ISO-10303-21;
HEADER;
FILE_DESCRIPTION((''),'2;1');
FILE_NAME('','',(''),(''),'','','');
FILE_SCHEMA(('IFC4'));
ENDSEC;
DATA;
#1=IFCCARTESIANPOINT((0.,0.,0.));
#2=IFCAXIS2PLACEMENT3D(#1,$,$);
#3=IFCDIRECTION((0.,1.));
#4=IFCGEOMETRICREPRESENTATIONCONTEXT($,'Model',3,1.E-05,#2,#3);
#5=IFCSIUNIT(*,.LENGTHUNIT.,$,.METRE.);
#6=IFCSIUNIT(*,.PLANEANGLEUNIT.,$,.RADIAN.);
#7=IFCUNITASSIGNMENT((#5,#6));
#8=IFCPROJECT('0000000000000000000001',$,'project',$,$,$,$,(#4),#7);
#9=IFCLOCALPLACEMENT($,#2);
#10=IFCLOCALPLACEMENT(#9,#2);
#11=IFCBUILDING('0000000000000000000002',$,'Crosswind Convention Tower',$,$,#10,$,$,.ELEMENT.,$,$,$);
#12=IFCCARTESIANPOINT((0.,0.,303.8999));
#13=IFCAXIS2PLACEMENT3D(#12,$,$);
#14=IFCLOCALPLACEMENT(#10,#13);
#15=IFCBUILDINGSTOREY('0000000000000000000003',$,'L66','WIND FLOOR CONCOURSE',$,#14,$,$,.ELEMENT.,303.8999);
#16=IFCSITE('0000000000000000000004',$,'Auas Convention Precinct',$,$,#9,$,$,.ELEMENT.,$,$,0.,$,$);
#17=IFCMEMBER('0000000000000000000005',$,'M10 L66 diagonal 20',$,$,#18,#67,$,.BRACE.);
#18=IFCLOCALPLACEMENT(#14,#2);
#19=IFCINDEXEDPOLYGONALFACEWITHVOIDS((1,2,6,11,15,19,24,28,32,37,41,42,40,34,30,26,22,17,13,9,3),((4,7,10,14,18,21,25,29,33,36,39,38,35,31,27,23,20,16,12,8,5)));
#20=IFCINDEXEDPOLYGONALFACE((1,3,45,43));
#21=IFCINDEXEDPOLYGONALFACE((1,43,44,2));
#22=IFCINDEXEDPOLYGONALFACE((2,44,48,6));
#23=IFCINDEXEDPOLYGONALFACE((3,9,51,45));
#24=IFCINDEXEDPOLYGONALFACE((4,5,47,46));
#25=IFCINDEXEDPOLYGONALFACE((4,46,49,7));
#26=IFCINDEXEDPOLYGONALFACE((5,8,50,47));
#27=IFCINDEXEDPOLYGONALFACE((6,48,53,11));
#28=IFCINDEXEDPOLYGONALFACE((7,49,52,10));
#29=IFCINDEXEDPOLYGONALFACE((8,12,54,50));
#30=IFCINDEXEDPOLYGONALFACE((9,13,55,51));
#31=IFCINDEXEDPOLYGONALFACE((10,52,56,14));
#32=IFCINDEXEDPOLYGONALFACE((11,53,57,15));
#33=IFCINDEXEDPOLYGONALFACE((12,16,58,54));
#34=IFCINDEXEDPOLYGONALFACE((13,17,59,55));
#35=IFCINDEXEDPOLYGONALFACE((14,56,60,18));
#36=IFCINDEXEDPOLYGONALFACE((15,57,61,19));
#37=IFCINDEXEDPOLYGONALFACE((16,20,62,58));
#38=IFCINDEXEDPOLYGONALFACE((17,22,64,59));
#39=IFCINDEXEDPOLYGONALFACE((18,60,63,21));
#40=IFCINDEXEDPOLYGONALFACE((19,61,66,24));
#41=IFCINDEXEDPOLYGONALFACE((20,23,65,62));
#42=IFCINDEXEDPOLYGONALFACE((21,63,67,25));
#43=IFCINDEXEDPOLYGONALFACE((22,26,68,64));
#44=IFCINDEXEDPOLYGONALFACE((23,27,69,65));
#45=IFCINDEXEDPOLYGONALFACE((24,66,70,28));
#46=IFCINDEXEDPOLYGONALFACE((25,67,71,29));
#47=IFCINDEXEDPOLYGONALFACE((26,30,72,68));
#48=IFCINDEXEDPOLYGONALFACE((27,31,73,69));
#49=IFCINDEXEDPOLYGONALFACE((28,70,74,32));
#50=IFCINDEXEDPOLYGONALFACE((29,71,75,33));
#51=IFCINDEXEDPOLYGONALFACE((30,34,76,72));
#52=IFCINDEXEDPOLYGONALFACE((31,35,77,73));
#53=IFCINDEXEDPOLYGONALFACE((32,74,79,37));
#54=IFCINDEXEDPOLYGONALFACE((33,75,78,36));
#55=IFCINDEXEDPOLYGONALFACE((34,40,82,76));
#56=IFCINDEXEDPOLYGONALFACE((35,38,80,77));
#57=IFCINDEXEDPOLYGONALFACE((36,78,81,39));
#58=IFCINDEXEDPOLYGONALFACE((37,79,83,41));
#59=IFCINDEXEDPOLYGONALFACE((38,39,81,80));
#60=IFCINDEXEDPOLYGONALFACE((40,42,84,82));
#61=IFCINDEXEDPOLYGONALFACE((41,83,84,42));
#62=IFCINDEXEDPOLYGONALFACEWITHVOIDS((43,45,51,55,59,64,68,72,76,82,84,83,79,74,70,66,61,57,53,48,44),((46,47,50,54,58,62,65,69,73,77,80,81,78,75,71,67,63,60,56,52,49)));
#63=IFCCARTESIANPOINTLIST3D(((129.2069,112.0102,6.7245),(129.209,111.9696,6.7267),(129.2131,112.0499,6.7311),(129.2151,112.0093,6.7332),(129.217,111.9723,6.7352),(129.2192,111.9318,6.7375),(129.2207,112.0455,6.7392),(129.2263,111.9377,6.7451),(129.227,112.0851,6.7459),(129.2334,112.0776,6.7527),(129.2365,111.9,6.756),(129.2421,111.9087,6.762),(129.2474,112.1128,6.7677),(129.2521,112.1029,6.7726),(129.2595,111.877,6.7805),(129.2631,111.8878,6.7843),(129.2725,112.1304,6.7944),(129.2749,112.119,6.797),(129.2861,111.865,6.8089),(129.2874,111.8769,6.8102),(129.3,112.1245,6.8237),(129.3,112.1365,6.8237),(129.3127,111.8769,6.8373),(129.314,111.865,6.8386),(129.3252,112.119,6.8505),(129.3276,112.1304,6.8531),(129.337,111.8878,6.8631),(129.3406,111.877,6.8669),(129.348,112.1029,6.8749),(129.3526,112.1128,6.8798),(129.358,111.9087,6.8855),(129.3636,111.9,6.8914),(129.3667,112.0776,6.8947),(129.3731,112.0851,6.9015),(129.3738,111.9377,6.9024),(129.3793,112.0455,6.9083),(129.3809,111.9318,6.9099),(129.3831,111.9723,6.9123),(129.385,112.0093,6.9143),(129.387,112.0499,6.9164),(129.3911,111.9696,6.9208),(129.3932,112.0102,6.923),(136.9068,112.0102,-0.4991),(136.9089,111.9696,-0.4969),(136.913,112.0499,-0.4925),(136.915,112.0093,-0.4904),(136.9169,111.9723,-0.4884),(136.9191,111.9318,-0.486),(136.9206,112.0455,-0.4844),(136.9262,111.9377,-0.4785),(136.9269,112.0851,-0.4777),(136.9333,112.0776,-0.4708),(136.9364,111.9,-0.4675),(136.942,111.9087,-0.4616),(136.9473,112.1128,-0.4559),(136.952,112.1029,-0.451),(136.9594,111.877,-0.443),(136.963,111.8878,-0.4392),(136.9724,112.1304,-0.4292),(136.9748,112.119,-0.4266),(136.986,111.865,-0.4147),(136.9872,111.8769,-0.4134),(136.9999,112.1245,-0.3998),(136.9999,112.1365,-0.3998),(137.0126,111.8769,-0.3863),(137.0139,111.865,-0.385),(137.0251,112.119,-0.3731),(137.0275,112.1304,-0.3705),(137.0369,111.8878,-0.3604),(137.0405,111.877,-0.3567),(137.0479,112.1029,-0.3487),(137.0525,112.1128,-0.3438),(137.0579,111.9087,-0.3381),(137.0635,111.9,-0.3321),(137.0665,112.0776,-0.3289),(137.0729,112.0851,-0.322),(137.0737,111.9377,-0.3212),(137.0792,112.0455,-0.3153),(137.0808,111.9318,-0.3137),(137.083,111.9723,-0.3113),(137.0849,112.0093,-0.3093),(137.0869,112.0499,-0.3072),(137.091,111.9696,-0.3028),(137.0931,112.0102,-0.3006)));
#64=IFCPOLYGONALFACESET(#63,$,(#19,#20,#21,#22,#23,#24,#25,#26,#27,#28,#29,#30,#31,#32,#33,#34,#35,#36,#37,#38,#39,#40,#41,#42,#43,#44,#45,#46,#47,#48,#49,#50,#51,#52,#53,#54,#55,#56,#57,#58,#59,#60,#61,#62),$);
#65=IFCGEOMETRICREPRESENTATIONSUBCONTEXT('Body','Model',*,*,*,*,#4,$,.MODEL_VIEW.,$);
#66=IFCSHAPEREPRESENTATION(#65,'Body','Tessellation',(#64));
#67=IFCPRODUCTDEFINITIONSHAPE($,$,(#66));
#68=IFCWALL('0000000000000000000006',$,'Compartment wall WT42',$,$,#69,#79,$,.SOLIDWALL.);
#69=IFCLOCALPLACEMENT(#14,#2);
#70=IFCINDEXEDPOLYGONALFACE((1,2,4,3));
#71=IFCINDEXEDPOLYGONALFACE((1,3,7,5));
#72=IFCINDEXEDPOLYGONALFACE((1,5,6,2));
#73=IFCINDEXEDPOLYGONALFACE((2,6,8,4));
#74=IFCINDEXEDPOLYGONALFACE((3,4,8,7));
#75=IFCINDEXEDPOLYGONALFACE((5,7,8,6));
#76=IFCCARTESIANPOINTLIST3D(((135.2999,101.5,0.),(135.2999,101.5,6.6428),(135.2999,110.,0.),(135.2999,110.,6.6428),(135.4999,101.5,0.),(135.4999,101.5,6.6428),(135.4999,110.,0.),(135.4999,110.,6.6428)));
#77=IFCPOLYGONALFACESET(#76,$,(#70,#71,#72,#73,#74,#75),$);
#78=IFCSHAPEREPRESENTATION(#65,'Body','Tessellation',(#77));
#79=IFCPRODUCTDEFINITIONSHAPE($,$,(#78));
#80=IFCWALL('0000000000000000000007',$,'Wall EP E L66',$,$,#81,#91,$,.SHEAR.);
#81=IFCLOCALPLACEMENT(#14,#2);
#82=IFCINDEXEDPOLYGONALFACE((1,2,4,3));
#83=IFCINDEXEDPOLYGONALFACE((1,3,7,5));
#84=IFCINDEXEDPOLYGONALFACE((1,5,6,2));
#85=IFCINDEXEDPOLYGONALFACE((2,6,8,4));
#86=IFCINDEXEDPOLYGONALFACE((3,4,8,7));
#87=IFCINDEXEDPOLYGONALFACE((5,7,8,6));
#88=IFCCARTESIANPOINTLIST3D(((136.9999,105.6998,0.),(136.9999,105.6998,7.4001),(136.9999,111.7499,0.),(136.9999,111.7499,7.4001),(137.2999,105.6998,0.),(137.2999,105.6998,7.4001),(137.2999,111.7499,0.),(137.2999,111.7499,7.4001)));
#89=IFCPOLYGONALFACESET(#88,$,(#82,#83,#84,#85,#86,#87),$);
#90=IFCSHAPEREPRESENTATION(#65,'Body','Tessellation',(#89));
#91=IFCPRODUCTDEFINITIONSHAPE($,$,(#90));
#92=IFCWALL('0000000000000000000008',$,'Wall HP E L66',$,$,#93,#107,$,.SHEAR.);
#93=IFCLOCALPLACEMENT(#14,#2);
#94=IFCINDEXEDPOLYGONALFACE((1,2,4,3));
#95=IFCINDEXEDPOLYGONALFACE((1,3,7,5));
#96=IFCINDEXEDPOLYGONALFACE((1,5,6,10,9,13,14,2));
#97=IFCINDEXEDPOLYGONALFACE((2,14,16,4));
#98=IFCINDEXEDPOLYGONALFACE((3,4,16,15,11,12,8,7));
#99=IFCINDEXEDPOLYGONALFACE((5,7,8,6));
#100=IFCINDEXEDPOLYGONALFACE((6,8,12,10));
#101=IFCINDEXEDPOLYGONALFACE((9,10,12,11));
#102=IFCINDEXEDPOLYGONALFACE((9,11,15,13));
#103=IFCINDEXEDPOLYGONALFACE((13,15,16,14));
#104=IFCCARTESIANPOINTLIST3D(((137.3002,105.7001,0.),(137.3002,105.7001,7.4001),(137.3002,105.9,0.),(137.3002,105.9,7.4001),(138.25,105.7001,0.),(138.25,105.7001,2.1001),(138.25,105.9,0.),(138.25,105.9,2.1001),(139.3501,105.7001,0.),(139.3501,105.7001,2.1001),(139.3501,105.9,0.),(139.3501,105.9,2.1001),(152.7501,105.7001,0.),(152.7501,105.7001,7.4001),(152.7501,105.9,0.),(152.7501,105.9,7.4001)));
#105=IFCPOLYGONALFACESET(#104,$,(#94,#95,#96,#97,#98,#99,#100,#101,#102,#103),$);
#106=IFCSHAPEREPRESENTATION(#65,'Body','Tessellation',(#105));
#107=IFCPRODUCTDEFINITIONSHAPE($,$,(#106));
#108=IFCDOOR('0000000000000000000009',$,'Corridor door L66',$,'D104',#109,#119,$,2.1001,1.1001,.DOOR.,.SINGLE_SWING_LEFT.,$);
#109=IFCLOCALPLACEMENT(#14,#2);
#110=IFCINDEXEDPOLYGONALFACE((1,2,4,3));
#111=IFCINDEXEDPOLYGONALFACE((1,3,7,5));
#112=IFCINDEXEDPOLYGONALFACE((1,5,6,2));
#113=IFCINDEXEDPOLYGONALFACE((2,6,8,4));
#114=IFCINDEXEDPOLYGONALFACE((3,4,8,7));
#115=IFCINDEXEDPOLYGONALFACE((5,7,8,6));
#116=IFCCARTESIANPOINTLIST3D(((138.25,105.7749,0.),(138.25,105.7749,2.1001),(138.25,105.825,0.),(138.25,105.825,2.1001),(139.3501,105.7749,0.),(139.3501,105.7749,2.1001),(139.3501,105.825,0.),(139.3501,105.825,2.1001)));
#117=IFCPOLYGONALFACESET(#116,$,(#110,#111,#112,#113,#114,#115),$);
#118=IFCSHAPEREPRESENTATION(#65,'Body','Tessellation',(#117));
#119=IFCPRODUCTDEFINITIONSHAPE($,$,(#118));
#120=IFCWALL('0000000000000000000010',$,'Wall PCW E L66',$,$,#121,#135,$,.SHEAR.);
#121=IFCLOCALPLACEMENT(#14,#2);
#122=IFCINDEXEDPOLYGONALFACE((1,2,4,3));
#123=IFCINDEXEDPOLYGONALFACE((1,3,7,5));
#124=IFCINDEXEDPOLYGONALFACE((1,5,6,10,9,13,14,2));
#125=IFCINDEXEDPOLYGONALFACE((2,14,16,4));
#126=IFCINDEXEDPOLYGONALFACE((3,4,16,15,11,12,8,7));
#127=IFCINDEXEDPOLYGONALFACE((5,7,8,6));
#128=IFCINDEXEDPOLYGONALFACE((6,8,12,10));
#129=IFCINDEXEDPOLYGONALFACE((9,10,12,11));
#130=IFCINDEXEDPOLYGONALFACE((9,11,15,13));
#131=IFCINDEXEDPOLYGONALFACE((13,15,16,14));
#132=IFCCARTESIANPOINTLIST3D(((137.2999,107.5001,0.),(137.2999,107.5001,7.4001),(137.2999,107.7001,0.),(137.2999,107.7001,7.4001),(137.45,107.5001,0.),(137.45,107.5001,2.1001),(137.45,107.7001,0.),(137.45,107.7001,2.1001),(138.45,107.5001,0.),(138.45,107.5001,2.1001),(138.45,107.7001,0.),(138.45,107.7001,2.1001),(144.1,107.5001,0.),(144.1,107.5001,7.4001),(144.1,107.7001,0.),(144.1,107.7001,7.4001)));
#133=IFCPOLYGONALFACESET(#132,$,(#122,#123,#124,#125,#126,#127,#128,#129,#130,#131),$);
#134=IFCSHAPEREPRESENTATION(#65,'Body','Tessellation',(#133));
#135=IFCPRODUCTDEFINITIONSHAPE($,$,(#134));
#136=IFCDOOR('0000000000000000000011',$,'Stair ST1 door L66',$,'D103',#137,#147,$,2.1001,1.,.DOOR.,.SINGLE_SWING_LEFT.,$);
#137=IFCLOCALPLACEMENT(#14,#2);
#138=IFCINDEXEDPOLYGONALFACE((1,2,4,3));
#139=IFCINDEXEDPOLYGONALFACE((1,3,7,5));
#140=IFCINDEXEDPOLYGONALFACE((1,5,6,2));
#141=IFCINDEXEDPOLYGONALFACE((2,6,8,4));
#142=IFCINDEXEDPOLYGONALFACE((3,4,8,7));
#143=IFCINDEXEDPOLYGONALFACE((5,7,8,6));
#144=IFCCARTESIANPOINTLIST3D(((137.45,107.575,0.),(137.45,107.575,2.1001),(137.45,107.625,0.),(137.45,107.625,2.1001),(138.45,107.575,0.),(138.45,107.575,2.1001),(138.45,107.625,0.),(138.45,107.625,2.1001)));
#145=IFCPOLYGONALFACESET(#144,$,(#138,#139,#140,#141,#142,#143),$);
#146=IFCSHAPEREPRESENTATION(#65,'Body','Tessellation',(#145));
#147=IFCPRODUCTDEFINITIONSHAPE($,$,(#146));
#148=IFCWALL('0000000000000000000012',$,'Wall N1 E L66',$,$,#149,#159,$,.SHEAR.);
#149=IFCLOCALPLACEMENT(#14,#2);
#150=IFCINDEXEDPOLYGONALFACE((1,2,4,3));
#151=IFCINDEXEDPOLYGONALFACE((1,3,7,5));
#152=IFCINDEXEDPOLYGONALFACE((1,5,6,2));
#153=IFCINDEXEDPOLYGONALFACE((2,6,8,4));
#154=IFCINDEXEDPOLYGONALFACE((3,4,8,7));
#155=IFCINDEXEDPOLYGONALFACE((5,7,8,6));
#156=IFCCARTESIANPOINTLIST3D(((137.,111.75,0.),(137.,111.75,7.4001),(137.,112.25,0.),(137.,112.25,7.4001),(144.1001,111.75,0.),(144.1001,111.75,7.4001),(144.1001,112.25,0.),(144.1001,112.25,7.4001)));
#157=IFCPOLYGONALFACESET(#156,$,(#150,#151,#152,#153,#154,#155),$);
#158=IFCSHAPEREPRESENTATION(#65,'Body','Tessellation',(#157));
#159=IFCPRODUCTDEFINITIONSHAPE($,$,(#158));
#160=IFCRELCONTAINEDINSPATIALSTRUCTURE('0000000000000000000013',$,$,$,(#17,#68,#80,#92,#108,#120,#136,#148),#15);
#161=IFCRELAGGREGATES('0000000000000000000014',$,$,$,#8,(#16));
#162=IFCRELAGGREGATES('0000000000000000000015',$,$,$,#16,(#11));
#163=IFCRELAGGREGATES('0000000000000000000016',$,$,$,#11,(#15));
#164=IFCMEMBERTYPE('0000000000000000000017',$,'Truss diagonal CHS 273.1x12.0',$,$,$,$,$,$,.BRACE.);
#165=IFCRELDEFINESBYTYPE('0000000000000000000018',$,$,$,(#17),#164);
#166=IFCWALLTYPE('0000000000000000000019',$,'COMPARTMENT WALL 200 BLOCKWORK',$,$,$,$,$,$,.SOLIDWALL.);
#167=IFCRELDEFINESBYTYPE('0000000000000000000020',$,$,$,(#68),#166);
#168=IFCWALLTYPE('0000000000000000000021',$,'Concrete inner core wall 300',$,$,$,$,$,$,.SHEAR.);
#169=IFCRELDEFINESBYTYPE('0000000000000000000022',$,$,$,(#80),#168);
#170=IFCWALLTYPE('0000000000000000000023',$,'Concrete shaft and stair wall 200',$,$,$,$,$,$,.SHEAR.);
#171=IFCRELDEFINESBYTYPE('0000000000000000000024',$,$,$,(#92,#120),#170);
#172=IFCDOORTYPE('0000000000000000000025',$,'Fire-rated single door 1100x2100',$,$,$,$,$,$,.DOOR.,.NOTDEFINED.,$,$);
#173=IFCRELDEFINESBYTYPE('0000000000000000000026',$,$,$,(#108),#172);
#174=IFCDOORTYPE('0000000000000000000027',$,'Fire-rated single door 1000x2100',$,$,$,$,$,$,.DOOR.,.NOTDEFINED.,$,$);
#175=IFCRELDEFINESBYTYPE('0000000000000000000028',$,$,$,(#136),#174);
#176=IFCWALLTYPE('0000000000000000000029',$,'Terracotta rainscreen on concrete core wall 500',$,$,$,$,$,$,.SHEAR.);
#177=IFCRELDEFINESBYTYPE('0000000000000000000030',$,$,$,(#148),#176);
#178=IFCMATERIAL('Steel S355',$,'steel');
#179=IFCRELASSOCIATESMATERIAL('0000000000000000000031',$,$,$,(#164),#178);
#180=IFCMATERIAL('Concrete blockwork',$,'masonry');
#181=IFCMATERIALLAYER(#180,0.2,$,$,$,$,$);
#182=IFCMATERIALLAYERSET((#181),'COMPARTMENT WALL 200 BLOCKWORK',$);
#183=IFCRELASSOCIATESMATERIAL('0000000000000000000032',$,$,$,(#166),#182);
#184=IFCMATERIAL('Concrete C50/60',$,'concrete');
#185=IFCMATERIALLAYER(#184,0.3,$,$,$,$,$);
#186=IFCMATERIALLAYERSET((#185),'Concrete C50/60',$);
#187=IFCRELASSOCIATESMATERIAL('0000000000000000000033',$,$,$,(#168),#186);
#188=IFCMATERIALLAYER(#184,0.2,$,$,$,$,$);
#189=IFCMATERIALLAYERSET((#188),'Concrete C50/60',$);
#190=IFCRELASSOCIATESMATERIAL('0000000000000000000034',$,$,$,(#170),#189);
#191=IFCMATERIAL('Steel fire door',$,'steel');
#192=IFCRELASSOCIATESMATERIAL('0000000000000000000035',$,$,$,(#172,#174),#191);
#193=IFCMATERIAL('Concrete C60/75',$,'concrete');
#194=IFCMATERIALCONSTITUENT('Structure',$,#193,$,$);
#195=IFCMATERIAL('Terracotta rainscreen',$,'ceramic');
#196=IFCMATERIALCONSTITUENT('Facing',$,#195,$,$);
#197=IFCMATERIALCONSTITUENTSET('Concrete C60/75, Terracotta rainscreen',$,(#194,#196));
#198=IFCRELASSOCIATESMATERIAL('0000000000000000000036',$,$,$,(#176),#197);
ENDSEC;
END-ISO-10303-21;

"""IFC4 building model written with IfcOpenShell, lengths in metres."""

from ifc_helpers import new_model, si_unit, direction, frame, frame_2d, origin, origin_2d, place, context, subcontext, project, spatial, rectangle, hollow_circle, extrude, material, layer, layer_set, constituent, constituent_set, material_profile, profile_set, type_object, element, fill, save


model = new_model("IFC4")

# Units and contexts
model_context = context("Model", 3, precision=1e-05, world=origin(), true_north=direction((0.0, 1.0)))
body_context = subcontext(model_context, "Body", "Model", "MODEL_VIEW")
ifc_project = project(units=[si_unit("LENGTHUNIT", "METRE"), si_unit("PLANEANGLEUNIT", "RADIAN")], contexts=[model_context])

# Site, building, storey
site_placement = place(None, origin())
site = spatial("IfcSite", under=ifc_project, at=site_placement, Name="Auas Convention Precinct", CompositionType="ELEMENT", RefElevation=0.0)
building_placement = place(site_placement, origin())
building = spatial("IfcBuilding", under=site, at=building_placement, Name="Crosswind Convention Tower", CompositionType="ELEMENT")
storey_placement = place(building_placement, frame((0.0, 0.0, 303.8999)))
storey = spatial("IfcBuildingStorey", under=building, at=storey_placement, Name="L66", Description="WIND FLOOR CONCOURSE", CompositionType="ELEMENT", Elevation=303.8999)

# Member
ifc_material_1 = material(Name="Steel S355", Category="steel")
ifc_material_profile = material_profile(ifc_material_1, hollow_circle(Radius=0.1365, WallThickness=0.012, at=origin_2d()), Name="CHS 273.1x12.0")
ifc_profile_set = profile_set([ifc_material_profile], Name="Steel S355")
member_type = type_object("IfcMemberType", Name="Truss diagonal CHS 273.1x12.0", PredefinedType="BRACE", material=ifc_profile_set)
member_placement = place(storey_placement, frame((129.3, 112.0, 6.8237), z_axis=(0.729304, 0.0, -0.68419), x_axis=(0.0, 1.0, 0.0)))
element("IfcMember", 1, at=member_placement, inside=storey, type_object=member_type, Name="M10 L66 diagonal 20", PredefinedType="BRACE", context=body_context, shape_type="SweptSolid", body=[
    extrude(hollow_circle(Radius=0.1365, WallThickness=0.012, at=origin_2d()), origin(), (0.0, 0.0, 1.0), 10.5579),
])

# Walls
ifc_material_2 = material(Name="Concrete blockwork", Category="masonry")
ifc_layer_1 = layer(ifc_material_2, 0.2)
ifc_layer_set_1 = layer_set([ifc_layer_1], Name="COMPARTMENT WALL 200 BLOCKWORK")
wall_type_1 = type_object("IfcWallType", Name="COMPARTMENT WALL 200 BLOCKWORK", PredefinedType="SOLIDWALL", material=ifc_layer_set_1)
wall_1_placement = place(storey_placement, frame((135.3999, 101.5, 0.0), z_axis=(0.0, 0.0, 1.0), x_axis=(0.0, 1.0, 0.0)))
element("IfcWall", 2, at=wall_1_placement, inside=storey, type_object=wall_type_1, Name="Compartment wall WT42", PredefinedType="SOLIDWALL", context=body_context, shape_type="SweptSolid", body=[
    extrude(rectangle(XDim=8.5, YDim=0.2, at=frame_2d((4.25, 0.0))), origin(), (0.0, 0.0, 1.0), 6.6428),
])
ifc_material_3 = material(Name="Concrete C50/60", Category="concrete")
ifc_layer_2 = layer(ifc_material_3, 0.3)
ifc_layer_set_2 = layer_set([ifc_layer_2], Name="Concrete C50/60")
wall_type_2 = type_object("IfcWallType", Name="Concrete inner core wall 300", PredefinedType="SHEAR", material=ifc_layer_set_2)
wall_2_placement = place(storey_placement, frame((137.1499, 105.7, 0.0), z_axis=(0.0, 0.0, 1.0), x_axis=(0.0, 1.0, 0.0)))
element("IfcWall", 3, at=wall_2_placement, inside=storey, type_object=wall_type_2, Name="Wall EP E L66", PredefinedType="SHEAR", context=body_context, shape_type="SweptSolid", body=[
    extrude(rectangle(XDim=6.05, YDim=0.3, at=frame_2d((3.0249, 0.0))), origin(), (0.0, 0.0, 1.0), 7.4001),
])

# Walls, openings, doors
ifc_layer_3 = layer(ifc_material_3, 0.2)
ifc_layer_set_3 = layer_set([ifc_layer_3], Name="Concrete C50/60")
wall_type_3 = type_object("IfcWallType", Name="Concrete shaft and stair wall 200", PredefinedType="SHEAR", material=ifc_layer_set_3)
wall_3_placement = place(storey_placement, frame((137.3, 105.8, 0.0), z_axis=(0.0, 0.0, 1.0), x_axis=(1.0, 0.0, 0.0)))
wall_3 = element("IfcWall", 4, at=wall_3_placement, inside=storey, type_object=wall_type_3, Name="Wall HP E L66", PredefinedType="SHEAR", context=body_context, shape_type="SweptSolid", body=[
    extrude(rectangle(XDim=15.45, YDim=0.2, at=frame_2d((7.7251, 0.0))), origin(), (0.0, 0.0, 1.0), 7.4001),
])
opening_1_placement = place(wall_3_placement, frame((0.95, 0.0, 0.0)))
opening_1 = element("IfcOpeningElement", 5, at=opening_1_placement, cuts=wall_3, PredefinedType="OPENING", context=body_context, shape_type="SweptSolid", body=[
    extrude(rectangle(XDim=1.1001, YDim=2.1001, at=frame_2d((0.55, 1.05))), frame((0.0, 0.1099, 0.0), z_axis=(0.0, -1.0, 0.0), x_axis=(1.0, 0.0, 0.0)), (0.0, 0.0, 1.0), 0.22),
])
ifc_material_4 = material(Name="Steel fire door", Category="steel")
door_type_1 = type_object("IfcDoorType", Name="Fire-rated single door 1100x2100", OperationType="NOTDEFINED", PredefinedType="DOOR", material=ifc_material_4)
door_1_placement = place(opening_1_placement, origin())
door_1 = element("IfcDoor", 6, at=door_1_placement, inside=storey, type_object=door_type_1, Name="Corridor door L66", ObjectType="D104", OperationType="SINGLE_SWING_LEFT", OverallHeight=2.1001, OverallWidth=1.1001, PredefinedType="DOOR", context=body_context, shape_type="SweptSolid", body=[
    extrude(rectangle(XDim=1.1001, YDim=2.1001, at=frame_2d((0.55, 1.05))), frame((0.0, 0.0249, 0.0), z_axis=(0.0, -1.0, 0.0), x_axis=(1.0, 0.0, 0.0)), (0.0, 0.0, 1.0), 0.05),
])
fill(opening_1, door_1)
wall_4_placement = place(storey_placement, frame((137.3, 107.6001, 0.0), z_axis=(0.0, 0.0, 1.0), x_axis=(1.0, 0.0, 0.0)))
wall_4 = element("IfcWall", 7, at=wall_4_placement, inside=storey, type_object=wall_type_3, Name="Wall PCW E L66", PredefinedType="SHEAR", context=body_context, shape_type="SweptSolid", body=[
    extrude(rectangle(XDim=6.8, YDim=0.2, at=frame_2d((3.3999, 0.0))), origin(), (0.0, 0.0, 1.0), 7.4001),
])
opening_2_placement = place(wall_4_placement, frame((0.1499, 0.0, 0.0)))
opening_2 = element("IfcOpeningElement", 8, at=opening_2_placement, cuts=wall_4, PredefinedType="OPENING", context=body_context, shape_type="SweptSolid", body=[
    extrude(rectangle(XDim=1.0, YDim=2.1001, at=frame_2d((0.5, 1.05))), frame((0.0, 0.1099, 0.0), z_axis=(0.0, -1.0, 0.0), x_axis=(1.0, 0.0, 0.0)), (0.0, 0.0, 1.0), 0.22),
])
door_type_2 = type_object("IfcDoorType", Name="Fire-rated single door 1000x2100", OperationType="NOTDEFINED", PredefinedType="DOOR", material=ifc_material_4)
door_2_placement = place(opening_2_placement, origin())
door_2 = element("IfcDoor", 9, at=door_2_placement, inside=storey, type_object=door_type_2, Name="Stair ST1 door L66", ObjectType="D103", OperationType="SINGLE_SWING_LEFT", OverallHeight=2.1001, OverallWidth=1.0, PredefinedType="DOOR", context=body_context, shape_type="SweptSolid", body=[
    extrude(rectangle(XDim=1.0, YDim=2.1001, at=frame_2d((0.5, 1.05))), frame((0.0, 0.0249, 0.0), z_axis=(0.0, -1.0, 0.0), x_axis=(1.0, 0.0, 0.0)), (0.0, 0.0, 1.0), 0.05),
])
fill(opening_2, door_2)

# Wall
ifc_material_5 = material(Name="Concrete C60/75", Category="concrete")
ifc_constituent_1 = constituent(ifc_material_5, Name="Structure")
ifc_material_6 = material(Name="Terracotta rainscreen", Category="ceramic")
ifc_constituent_2 = constituent(ifc_material_6, Name="Facing")
ifc_constituent_set = constituent_set(constituents=[ifc_constituent_1, ifc_constituent_2], Name="Concrete C60/75, Terracotta rainscreen")
wall_type_4 = type_object("IfcWallType", Name="Terracotta rainscreen on concrete core wall 500", PredefinedType="SHEAR", material=ifc_constituent_set)
wall_5_placement = place(storey_placement, frame((137.0, 112.0, 0.0), z_axis=(0.0, 0.0, 1.0), x_axis=(1.0, 0.0, 0.0)))
element("IfcWall", 10, at=wall_5_placement, inside=storey, type_object=wall_type_4, Name="Wall N1 E L66", PredefinedType="SHEAR", context=body_context, shape_type="SweptSolid", body=[
    extrude(rectangle(XDim=7.1001, YDim=0.5, at=frame_2d((3.55, 0.0))), origin(), (0.0, 0.0, 1.0), 7.4001),
])

save(model, "model.ifc")
